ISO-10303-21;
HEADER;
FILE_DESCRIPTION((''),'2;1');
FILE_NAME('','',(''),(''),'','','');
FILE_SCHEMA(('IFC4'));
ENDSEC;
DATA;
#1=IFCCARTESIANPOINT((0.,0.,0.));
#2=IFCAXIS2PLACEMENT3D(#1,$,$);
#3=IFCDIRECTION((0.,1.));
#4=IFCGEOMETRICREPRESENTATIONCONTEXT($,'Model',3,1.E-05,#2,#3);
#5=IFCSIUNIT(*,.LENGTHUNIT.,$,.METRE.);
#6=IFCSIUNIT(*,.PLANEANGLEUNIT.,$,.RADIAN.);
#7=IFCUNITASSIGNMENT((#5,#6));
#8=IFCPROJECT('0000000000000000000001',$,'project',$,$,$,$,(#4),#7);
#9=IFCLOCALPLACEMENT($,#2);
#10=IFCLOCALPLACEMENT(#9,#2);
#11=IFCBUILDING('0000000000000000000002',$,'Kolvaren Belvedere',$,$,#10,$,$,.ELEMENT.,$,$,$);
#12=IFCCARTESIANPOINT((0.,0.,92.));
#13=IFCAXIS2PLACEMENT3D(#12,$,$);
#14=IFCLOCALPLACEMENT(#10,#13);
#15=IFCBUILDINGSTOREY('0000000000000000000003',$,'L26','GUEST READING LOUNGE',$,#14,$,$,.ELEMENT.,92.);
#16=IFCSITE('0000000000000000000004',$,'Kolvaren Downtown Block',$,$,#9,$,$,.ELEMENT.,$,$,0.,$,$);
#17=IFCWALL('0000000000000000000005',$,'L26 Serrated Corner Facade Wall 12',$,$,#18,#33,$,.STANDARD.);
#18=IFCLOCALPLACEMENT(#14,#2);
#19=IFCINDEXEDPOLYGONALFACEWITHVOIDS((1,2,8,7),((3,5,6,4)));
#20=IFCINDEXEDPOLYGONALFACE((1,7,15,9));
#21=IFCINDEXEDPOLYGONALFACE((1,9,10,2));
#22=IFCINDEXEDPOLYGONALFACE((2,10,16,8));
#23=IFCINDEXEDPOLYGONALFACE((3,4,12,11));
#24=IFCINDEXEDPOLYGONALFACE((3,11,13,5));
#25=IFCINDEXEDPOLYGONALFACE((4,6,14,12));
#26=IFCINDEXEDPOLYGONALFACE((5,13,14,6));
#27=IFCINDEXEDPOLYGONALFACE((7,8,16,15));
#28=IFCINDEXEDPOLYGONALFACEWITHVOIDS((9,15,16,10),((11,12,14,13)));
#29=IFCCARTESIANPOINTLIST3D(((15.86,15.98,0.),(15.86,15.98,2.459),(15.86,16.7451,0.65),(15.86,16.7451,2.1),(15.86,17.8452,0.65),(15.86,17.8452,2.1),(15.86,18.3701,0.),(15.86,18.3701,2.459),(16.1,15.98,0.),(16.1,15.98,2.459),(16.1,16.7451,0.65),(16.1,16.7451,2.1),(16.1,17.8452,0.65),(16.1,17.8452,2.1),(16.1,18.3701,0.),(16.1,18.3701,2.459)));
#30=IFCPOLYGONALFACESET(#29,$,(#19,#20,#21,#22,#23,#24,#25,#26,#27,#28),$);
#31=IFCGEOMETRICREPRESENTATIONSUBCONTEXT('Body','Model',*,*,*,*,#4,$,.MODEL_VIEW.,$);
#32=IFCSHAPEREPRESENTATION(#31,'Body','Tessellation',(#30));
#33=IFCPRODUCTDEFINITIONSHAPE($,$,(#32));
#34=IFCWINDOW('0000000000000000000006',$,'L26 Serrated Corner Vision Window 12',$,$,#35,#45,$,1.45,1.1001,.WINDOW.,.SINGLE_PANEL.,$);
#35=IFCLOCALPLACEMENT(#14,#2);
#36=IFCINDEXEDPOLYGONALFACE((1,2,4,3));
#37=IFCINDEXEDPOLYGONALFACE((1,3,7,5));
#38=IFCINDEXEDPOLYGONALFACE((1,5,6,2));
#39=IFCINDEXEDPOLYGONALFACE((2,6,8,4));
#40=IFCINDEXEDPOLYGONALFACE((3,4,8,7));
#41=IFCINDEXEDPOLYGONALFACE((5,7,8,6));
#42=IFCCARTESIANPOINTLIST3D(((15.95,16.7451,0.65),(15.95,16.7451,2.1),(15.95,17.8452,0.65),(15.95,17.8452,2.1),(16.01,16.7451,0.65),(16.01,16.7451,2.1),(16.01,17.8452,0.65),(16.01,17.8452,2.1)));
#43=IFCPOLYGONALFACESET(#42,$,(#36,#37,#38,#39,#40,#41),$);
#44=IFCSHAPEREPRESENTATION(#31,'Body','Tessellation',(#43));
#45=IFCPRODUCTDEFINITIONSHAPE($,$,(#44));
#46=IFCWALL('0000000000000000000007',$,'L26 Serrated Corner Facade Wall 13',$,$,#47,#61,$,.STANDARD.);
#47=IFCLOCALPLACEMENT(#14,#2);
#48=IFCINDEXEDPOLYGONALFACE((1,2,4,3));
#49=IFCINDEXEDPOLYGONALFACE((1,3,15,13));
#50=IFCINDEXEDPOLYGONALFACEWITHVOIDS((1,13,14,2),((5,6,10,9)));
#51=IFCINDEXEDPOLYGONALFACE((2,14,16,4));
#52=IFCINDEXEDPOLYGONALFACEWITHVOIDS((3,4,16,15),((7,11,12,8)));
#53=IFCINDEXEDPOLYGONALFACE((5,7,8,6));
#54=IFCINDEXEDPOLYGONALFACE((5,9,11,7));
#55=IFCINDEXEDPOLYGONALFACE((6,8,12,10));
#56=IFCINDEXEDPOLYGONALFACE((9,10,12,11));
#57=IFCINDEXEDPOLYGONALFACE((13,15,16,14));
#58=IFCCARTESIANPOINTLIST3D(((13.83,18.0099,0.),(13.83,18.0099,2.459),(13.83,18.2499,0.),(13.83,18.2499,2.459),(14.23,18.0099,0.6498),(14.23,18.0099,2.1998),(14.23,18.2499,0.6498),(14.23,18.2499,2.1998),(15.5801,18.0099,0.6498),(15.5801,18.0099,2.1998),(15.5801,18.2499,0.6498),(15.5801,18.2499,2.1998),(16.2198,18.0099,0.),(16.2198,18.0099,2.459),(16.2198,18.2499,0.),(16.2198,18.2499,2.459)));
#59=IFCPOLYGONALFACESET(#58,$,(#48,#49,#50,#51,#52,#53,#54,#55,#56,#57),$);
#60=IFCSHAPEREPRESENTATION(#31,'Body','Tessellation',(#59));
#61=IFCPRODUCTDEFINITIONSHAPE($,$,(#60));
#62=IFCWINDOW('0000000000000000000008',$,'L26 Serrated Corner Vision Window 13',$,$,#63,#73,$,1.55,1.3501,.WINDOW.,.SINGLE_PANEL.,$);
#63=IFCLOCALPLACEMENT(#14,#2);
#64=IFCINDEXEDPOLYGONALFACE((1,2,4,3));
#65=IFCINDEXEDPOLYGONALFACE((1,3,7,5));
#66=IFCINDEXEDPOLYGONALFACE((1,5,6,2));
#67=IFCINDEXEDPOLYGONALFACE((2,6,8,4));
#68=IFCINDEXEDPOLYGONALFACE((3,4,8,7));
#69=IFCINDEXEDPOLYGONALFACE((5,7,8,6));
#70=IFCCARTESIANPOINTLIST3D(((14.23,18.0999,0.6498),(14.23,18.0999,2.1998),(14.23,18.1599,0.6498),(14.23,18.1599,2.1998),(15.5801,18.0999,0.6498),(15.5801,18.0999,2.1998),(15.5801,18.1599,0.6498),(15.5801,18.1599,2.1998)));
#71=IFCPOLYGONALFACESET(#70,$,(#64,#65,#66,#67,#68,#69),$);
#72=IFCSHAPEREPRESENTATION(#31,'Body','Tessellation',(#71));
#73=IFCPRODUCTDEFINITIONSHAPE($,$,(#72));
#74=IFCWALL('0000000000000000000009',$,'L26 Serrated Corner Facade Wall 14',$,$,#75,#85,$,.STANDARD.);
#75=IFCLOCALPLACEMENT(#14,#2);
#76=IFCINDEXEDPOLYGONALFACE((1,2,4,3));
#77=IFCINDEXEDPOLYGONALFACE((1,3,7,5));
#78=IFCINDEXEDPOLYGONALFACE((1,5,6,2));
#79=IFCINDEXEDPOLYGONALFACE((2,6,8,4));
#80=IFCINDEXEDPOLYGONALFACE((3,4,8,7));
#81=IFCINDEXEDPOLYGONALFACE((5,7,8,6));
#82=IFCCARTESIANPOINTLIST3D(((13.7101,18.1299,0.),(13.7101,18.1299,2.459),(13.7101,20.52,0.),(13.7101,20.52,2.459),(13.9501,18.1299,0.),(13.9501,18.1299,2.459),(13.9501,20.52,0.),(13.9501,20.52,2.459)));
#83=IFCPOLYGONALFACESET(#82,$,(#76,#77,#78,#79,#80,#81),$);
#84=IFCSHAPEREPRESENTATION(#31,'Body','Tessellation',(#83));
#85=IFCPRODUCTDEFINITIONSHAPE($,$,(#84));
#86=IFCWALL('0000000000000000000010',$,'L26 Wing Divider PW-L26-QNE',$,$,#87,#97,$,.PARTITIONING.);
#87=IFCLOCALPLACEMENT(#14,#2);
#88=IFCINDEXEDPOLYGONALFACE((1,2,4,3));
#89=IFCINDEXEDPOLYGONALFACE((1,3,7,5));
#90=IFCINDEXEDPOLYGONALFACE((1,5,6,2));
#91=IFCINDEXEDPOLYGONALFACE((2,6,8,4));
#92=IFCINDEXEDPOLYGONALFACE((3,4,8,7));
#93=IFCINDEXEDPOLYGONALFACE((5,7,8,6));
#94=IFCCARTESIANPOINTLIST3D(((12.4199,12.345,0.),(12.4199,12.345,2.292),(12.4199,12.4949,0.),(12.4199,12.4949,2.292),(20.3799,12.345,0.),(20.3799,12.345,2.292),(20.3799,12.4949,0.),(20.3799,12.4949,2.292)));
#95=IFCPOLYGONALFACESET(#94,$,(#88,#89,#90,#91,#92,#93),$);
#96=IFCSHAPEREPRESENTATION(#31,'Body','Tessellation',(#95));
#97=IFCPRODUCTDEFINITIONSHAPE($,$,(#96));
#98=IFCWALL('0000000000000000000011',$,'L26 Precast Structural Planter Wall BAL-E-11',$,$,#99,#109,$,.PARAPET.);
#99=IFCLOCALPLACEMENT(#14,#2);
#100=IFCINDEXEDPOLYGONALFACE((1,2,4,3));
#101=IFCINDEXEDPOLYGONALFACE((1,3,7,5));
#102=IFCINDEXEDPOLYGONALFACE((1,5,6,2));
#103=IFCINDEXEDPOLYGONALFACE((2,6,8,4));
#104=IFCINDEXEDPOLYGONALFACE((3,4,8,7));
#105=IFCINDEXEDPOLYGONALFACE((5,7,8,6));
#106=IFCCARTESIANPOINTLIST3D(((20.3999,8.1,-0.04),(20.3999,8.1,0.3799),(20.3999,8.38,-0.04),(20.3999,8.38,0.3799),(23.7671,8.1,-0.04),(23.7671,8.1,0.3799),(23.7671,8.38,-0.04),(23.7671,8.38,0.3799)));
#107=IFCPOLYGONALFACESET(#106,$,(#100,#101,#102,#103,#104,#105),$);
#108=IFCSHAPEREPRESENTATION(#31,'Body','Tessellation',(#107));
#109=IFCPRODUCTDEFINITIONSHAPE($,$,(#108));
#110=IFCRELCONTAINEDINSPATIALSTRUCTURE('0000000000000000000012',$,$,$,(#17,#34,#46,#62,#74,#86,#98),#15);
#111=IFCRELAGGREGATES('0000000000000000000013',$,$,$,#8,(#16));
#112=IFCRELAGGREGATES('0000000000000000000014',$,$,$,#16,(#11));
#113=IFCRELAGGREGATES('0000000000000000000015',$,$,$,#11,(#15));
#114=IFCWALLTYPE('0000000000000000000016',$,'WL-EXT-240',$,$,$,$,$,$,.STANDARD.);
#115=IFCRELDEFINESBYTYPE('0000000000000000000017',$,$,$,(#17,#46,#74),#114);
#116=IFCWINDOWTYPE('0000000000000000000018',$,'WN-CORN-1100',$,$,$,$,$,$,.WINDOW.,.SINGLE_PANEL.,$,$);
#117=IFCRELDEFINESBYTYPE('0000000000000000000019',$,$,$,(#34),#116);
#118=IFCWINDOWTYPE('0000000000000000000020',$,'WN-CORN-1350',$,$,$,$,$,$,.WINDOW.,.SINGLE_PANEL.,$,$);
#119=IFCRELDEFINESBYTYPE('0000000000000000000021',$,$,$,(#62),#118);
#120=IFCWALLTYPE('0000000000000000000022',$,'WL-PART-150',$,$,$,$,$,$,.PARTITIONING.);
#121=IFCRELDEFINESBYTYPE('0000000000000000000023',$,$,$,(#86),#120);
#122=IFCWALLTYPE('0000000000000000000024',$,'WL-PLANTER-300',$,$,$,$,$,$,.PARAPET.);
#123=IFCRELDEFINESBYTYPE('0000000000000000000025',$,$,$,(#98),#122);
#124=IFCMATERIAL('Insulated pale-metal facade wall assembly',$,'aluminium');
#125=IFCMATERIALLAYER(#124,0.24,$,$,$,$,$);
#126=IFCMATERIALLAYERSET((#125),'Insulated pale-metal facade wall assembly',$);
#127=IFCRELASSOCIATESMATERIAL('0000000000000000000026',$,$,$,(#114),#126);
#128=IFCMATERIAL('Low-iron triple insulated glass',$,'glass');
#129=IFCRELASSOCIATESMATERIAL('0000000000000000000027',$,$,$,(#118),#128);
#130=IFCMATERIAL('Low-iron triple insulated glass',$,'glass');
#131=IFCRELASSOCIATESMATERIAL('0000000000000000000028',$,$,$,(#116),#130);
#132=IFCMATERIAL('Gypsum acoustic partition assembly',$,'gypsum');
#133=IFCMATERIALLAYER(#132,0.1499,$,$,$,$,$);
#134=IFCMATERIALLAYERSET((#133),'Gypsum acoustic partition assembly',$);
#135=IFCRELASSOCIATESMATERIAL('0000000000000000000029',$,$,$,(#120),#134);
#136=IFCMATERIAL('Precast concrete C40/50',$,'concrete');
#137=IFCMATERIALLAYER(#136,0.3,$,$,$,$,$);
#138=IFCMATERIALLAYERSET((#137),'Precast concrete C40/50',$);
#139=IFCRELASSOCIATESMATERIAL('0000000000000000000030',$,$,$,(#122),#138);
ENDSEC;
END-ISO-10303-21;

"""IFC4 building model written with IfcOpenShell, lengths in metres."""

from ifc_helpers import new_model, si_unit, direction, frame, frame_2d, origin, place, context, subcontext, project, spatial, rectangle, extrude, material, layer, layer_set, type_object, element, fill, save


model = new_model("IFC4")

# Units and contexts
model_context = context("Model", 3, precision=1e-05, world=origin(), true_north=direction((0.0, 1.0)))
body_context = subcontext(model_context, "Body", "Model", "MODEL_VIEW")
ifc_project = project(units=[si_unit("LENGTHUNIT", "METRE"), si_unit("PLANEANGLEUNIT", "RADIAN")], contexts=[model_context])

# Site, building, storey
site_placement = place(None, origin())
site = spatial("IfcSite", under=ifc_project, at=site_placement, Name="Kolvaren Downtown Block", CompositionType="ELEMENT", RefElevation=0.0)
building_placement = place(site_placement, origin())
building = spatial("IfcBuilding", under=site, at=building_placement, Name="Kolvaren Belvedere", CompositionType="ELEMENT")
storey_placement = place(building_placement, frame((0.0, 0.0, 92.0)))
storey = spatial("IfcBuildingStorey", under=building, at=storey_placement, Name="L26", Description="GUEST READING LOUNGE", CompositionType="ELEMENT", Elevation=92.0)

# Shared definitions
ifc_material_1 = material(Name="Insulated pale-metal facade wall assembly", Category="aluminium")
ifc_layer_1 = layer(ifc_material_1, 0.24)
ifc_layer_set_1 = layer_set([ifc_layer_1], Name="Insulated pale-metal facade wall assembly")
wall_type_1 = type_object("IfcWallType", Name="WL-EXT-240", PredefinedType="STANDARD", material=ifc_layer_set_1)

# Walls, openings, windows
ifc_material_2 = material(Name="Low-iron triple insulated glass", Category="glass")
window_type_1 = type_object("IfcWindowType", Name="WN-CORN-1350", PartitioningType="SINGLE_PANEL", PredefinedType="WINDOW", material=ifc_material_2)
ifc_material_3 = material(Name="Low-iron triple insulated glass", Category="glass")
window_type_2 = type_object("IfcWindowType", Name="WN-CORN-1100", PartitioningType="SINGLE_PANEL", PredefinedType="WINDOW", material=ifc_material_3)
wall_1_placement = place(storey_placement, frame((15.98, 18.3701, 0.0), z_axis=(0.0, 0.0, 1.0), x_axis=(0.0, -1.0, 0.0)))
wall_1 = element("IfcWall", 1, at=wall_1_placement, inside=storey, type_object=wall_type_1, Name="L26 Serrated Corner Facade Wall 12", PredefinedType="STANDARD", context=body_context, shape_type="SweptSolid", body=[
    extrude(rectangle(XDim=2.3901, YDim=0.24, at=frame_2d((1.1951, 0.0))), origin(), (0.0, 0.0, 1.0), 2.459),
])
opening_1_placement = place(wall_1_placement, frame((0.5249, 0.0, 0.6499)))
opening_1 = element("IfcOpeningElement", 2, at=opening_1_placement, cuts=wall_1, PredefinedType="OPENING", context=body_context, shape_type="SweptSolid", body=[
    extrude(rectangle(XDim=1.1001, YDim=1.45, at=frame_2d((0.55, 0.7251))), frame((0.0, 0.1299, 0.0), z_axis=(0.0, -1.0, 0.0), x_axis=(1.0, 0.0, 0.0)), (0.0, 0.0, 1.0), 0.26),
])
window_1_placement = place(opening_1_placement, origin())
window_1 = element("IfcWindow", 3, at=window_1_placement, inside=storey, type_object=window_type_2, Name="L26 Serrated Corner Vision Window 12", OverallHeight=1.45, OverallWidth=1.1001, PartitioningType="SINGLE_PANEL", PredefinedType="WINDOW", context=body_context, shape_type="SweptSolid", body=[
    extrude(rectangle(XDim=1.1001, YDim=1.45, at=frame_2d((0.55, 0.7251))), frame((0.0, 0.03, 0.0), z_axis=(0.0, -1.0, 0.0), x_axis=(1.0, 0.0, 0.0)), (0.0, 0.0, 1.0), 0.0601),
])
fill(opening_1, window_1)
wall_2_placement = place(storey_placement, frame((13.8301, 18.1299, 0.0), z_axis=(0.0, 0.0, 1.0), x_axis=(1.0, 0.0, 0.0)))
wall_2 = element("IfcWall", 4, at=wall_2_placement, inside=storey, type_object=wall_type_1, Name="L26 Serrated Corner Facade Wall 13", PredefinedType="STANDARD", context=body_context, shape_type="SweptSolid", body=[
    extrude(rectangle(XDim=2.3899, YDim=0.24, at=frame_2d((1.1948, 0.0))), origin(), (0.0, 0.0, 1.0), 2.459),
])
opening_2_placement = place(wall_2_placement, frame((0.3999, 0.0, 0.6499)))
opening_2 = element("IfcOpeningElement", 5, at=opening_2_placement, cuts=wall_2, PredefinedType="OPENING", context=body_context, shape_type="SweptSolid", body=[
    extrude(rectangle(XDim=1.3501, YDim=1.55, at=frame_2d((0.675, 0.7749))), frame((0.0, 0.1299, 0.0), z_axis=(0.0, -1.0, 0.0), x_axis=(1.0, 0.0, 0.0)), (0.0, 0.0, 1.0), 0.26),
])
window_2_placement = place(opening_2_placement, origin())
window_2 = element("IfcWindow", 6, at=window_2_placement, inside=storey, type_object=window_type_1, Name="L26 Serrated Corner Vision Window 13", OverallHeight=1.55, OverallWidth=1.3501, PartitioningType="SINGLE_PANEL", PredefinedType="WINDOW", context=body_context, shape_type="SweptSolid", body=[
    extrude(rectangle(XDim=1.3501, YDim=1.55, at=frame_2d((0.675, 0.7749))), frame((0.0, 0.03, 0.0), z_axis=(0.0, -1.0, 0.0), x_axis=(1.0, 0.0, 0.0)), (0.0, 0.0, 1.0), 0.0601),
])
fill(opening_2, window_2)

# Walls
wall_3_placement = place(storey_placement, frame((13.8301, 20.52, 0.0), z_axis=(0.0, 0.0, 1.0), x_axis=(0.0, -1.0, 0.0)))
element("IfcWall", 7, at=wall_3_placement, inside=storey, type_object=wall_type_1, Name="L26 Serrated Corner Facade Wall 14", PredefinedType="STANDARD", context=body_context, shape_type="SweptSolid", body=[
    extrude(rectangle(XDim=2.3901, YDim=0.24, at=frame_2d((1.1951, 0.0))), origin(), (0.0, 0.0, 1.0), 2.459),
])
ifc_material_4 = material(Name="Gypsum acoustic partition assembly", Category="gypsum")
ifc_layer_2 = layer(ifc_material_4, 0.1499)
ifc_layer_set_2 = layer_set([ifc_layer_2], Name="Gypsum acoustic partition assembly")
wall_type_2 = type_object("IfcWallType", Name="WL-PART-150", PredefinedType="PARTITIONING", material=ifc_layer_set_2)
wall_4_placement = place(storey_placement, frame((12.4199, 12.4199, 0.0), z_axis=(0.0, 0.0, 1.0), x_axis=(1.0, 0.0, 0.0)))
element("IfcWall", 8, at=wall_4_placement, inside=storey, type_object=wall_type_2, Name="L26 Wing Divider PW-L26-QNE", PredefinedType="PARTITIONING", context=body_context, shape_type="SweptSolid", body=[
    extrude(rectangle(XDim=7.96, YDim=0.1499, at=frame_2d((3.98, 0.0))), origin(), (0.0, 0.0, 1.0), 2.292),
])
ifc_material_5 = material(Name="Precast concrete C40/50", Category="concrete")
ifc_layer_3 = layer(ifc_material_5, 0.3)
ifc_layer_set_3 = layer_set([ifc_layer_3], Name="Precast concrete C40/50")
wall_type_3 = type_object("IfcWallType", Name="WL-PLANTER-300", PredefinedType="PARAPET", material=ifc_layer_set_3)
wall_5_placement = place(storey_placement, frame((23.7671, 8.24, -0.04), z_axis=(0.0, 0.0, 1.0), x_axis=(-1.0, 0.0, 0.0)))
element("IfcWall", 9, at=wall_5_placement, inside=storey, type_object=wall_type_3, Name="L26 Precast Structural Planter Wall BAL-E-11", PredefinedType="PARAPET", context=body_context, shape_type="SweptSolid", body=[
    extrude(rectangle(XDim=3.3672, YDim=0.28, at=frame_2d((1.6836, 0.0))), origin(), (0.0, 0.0, 1.0), 0.4199),
])

save(model, "model.ifc")
